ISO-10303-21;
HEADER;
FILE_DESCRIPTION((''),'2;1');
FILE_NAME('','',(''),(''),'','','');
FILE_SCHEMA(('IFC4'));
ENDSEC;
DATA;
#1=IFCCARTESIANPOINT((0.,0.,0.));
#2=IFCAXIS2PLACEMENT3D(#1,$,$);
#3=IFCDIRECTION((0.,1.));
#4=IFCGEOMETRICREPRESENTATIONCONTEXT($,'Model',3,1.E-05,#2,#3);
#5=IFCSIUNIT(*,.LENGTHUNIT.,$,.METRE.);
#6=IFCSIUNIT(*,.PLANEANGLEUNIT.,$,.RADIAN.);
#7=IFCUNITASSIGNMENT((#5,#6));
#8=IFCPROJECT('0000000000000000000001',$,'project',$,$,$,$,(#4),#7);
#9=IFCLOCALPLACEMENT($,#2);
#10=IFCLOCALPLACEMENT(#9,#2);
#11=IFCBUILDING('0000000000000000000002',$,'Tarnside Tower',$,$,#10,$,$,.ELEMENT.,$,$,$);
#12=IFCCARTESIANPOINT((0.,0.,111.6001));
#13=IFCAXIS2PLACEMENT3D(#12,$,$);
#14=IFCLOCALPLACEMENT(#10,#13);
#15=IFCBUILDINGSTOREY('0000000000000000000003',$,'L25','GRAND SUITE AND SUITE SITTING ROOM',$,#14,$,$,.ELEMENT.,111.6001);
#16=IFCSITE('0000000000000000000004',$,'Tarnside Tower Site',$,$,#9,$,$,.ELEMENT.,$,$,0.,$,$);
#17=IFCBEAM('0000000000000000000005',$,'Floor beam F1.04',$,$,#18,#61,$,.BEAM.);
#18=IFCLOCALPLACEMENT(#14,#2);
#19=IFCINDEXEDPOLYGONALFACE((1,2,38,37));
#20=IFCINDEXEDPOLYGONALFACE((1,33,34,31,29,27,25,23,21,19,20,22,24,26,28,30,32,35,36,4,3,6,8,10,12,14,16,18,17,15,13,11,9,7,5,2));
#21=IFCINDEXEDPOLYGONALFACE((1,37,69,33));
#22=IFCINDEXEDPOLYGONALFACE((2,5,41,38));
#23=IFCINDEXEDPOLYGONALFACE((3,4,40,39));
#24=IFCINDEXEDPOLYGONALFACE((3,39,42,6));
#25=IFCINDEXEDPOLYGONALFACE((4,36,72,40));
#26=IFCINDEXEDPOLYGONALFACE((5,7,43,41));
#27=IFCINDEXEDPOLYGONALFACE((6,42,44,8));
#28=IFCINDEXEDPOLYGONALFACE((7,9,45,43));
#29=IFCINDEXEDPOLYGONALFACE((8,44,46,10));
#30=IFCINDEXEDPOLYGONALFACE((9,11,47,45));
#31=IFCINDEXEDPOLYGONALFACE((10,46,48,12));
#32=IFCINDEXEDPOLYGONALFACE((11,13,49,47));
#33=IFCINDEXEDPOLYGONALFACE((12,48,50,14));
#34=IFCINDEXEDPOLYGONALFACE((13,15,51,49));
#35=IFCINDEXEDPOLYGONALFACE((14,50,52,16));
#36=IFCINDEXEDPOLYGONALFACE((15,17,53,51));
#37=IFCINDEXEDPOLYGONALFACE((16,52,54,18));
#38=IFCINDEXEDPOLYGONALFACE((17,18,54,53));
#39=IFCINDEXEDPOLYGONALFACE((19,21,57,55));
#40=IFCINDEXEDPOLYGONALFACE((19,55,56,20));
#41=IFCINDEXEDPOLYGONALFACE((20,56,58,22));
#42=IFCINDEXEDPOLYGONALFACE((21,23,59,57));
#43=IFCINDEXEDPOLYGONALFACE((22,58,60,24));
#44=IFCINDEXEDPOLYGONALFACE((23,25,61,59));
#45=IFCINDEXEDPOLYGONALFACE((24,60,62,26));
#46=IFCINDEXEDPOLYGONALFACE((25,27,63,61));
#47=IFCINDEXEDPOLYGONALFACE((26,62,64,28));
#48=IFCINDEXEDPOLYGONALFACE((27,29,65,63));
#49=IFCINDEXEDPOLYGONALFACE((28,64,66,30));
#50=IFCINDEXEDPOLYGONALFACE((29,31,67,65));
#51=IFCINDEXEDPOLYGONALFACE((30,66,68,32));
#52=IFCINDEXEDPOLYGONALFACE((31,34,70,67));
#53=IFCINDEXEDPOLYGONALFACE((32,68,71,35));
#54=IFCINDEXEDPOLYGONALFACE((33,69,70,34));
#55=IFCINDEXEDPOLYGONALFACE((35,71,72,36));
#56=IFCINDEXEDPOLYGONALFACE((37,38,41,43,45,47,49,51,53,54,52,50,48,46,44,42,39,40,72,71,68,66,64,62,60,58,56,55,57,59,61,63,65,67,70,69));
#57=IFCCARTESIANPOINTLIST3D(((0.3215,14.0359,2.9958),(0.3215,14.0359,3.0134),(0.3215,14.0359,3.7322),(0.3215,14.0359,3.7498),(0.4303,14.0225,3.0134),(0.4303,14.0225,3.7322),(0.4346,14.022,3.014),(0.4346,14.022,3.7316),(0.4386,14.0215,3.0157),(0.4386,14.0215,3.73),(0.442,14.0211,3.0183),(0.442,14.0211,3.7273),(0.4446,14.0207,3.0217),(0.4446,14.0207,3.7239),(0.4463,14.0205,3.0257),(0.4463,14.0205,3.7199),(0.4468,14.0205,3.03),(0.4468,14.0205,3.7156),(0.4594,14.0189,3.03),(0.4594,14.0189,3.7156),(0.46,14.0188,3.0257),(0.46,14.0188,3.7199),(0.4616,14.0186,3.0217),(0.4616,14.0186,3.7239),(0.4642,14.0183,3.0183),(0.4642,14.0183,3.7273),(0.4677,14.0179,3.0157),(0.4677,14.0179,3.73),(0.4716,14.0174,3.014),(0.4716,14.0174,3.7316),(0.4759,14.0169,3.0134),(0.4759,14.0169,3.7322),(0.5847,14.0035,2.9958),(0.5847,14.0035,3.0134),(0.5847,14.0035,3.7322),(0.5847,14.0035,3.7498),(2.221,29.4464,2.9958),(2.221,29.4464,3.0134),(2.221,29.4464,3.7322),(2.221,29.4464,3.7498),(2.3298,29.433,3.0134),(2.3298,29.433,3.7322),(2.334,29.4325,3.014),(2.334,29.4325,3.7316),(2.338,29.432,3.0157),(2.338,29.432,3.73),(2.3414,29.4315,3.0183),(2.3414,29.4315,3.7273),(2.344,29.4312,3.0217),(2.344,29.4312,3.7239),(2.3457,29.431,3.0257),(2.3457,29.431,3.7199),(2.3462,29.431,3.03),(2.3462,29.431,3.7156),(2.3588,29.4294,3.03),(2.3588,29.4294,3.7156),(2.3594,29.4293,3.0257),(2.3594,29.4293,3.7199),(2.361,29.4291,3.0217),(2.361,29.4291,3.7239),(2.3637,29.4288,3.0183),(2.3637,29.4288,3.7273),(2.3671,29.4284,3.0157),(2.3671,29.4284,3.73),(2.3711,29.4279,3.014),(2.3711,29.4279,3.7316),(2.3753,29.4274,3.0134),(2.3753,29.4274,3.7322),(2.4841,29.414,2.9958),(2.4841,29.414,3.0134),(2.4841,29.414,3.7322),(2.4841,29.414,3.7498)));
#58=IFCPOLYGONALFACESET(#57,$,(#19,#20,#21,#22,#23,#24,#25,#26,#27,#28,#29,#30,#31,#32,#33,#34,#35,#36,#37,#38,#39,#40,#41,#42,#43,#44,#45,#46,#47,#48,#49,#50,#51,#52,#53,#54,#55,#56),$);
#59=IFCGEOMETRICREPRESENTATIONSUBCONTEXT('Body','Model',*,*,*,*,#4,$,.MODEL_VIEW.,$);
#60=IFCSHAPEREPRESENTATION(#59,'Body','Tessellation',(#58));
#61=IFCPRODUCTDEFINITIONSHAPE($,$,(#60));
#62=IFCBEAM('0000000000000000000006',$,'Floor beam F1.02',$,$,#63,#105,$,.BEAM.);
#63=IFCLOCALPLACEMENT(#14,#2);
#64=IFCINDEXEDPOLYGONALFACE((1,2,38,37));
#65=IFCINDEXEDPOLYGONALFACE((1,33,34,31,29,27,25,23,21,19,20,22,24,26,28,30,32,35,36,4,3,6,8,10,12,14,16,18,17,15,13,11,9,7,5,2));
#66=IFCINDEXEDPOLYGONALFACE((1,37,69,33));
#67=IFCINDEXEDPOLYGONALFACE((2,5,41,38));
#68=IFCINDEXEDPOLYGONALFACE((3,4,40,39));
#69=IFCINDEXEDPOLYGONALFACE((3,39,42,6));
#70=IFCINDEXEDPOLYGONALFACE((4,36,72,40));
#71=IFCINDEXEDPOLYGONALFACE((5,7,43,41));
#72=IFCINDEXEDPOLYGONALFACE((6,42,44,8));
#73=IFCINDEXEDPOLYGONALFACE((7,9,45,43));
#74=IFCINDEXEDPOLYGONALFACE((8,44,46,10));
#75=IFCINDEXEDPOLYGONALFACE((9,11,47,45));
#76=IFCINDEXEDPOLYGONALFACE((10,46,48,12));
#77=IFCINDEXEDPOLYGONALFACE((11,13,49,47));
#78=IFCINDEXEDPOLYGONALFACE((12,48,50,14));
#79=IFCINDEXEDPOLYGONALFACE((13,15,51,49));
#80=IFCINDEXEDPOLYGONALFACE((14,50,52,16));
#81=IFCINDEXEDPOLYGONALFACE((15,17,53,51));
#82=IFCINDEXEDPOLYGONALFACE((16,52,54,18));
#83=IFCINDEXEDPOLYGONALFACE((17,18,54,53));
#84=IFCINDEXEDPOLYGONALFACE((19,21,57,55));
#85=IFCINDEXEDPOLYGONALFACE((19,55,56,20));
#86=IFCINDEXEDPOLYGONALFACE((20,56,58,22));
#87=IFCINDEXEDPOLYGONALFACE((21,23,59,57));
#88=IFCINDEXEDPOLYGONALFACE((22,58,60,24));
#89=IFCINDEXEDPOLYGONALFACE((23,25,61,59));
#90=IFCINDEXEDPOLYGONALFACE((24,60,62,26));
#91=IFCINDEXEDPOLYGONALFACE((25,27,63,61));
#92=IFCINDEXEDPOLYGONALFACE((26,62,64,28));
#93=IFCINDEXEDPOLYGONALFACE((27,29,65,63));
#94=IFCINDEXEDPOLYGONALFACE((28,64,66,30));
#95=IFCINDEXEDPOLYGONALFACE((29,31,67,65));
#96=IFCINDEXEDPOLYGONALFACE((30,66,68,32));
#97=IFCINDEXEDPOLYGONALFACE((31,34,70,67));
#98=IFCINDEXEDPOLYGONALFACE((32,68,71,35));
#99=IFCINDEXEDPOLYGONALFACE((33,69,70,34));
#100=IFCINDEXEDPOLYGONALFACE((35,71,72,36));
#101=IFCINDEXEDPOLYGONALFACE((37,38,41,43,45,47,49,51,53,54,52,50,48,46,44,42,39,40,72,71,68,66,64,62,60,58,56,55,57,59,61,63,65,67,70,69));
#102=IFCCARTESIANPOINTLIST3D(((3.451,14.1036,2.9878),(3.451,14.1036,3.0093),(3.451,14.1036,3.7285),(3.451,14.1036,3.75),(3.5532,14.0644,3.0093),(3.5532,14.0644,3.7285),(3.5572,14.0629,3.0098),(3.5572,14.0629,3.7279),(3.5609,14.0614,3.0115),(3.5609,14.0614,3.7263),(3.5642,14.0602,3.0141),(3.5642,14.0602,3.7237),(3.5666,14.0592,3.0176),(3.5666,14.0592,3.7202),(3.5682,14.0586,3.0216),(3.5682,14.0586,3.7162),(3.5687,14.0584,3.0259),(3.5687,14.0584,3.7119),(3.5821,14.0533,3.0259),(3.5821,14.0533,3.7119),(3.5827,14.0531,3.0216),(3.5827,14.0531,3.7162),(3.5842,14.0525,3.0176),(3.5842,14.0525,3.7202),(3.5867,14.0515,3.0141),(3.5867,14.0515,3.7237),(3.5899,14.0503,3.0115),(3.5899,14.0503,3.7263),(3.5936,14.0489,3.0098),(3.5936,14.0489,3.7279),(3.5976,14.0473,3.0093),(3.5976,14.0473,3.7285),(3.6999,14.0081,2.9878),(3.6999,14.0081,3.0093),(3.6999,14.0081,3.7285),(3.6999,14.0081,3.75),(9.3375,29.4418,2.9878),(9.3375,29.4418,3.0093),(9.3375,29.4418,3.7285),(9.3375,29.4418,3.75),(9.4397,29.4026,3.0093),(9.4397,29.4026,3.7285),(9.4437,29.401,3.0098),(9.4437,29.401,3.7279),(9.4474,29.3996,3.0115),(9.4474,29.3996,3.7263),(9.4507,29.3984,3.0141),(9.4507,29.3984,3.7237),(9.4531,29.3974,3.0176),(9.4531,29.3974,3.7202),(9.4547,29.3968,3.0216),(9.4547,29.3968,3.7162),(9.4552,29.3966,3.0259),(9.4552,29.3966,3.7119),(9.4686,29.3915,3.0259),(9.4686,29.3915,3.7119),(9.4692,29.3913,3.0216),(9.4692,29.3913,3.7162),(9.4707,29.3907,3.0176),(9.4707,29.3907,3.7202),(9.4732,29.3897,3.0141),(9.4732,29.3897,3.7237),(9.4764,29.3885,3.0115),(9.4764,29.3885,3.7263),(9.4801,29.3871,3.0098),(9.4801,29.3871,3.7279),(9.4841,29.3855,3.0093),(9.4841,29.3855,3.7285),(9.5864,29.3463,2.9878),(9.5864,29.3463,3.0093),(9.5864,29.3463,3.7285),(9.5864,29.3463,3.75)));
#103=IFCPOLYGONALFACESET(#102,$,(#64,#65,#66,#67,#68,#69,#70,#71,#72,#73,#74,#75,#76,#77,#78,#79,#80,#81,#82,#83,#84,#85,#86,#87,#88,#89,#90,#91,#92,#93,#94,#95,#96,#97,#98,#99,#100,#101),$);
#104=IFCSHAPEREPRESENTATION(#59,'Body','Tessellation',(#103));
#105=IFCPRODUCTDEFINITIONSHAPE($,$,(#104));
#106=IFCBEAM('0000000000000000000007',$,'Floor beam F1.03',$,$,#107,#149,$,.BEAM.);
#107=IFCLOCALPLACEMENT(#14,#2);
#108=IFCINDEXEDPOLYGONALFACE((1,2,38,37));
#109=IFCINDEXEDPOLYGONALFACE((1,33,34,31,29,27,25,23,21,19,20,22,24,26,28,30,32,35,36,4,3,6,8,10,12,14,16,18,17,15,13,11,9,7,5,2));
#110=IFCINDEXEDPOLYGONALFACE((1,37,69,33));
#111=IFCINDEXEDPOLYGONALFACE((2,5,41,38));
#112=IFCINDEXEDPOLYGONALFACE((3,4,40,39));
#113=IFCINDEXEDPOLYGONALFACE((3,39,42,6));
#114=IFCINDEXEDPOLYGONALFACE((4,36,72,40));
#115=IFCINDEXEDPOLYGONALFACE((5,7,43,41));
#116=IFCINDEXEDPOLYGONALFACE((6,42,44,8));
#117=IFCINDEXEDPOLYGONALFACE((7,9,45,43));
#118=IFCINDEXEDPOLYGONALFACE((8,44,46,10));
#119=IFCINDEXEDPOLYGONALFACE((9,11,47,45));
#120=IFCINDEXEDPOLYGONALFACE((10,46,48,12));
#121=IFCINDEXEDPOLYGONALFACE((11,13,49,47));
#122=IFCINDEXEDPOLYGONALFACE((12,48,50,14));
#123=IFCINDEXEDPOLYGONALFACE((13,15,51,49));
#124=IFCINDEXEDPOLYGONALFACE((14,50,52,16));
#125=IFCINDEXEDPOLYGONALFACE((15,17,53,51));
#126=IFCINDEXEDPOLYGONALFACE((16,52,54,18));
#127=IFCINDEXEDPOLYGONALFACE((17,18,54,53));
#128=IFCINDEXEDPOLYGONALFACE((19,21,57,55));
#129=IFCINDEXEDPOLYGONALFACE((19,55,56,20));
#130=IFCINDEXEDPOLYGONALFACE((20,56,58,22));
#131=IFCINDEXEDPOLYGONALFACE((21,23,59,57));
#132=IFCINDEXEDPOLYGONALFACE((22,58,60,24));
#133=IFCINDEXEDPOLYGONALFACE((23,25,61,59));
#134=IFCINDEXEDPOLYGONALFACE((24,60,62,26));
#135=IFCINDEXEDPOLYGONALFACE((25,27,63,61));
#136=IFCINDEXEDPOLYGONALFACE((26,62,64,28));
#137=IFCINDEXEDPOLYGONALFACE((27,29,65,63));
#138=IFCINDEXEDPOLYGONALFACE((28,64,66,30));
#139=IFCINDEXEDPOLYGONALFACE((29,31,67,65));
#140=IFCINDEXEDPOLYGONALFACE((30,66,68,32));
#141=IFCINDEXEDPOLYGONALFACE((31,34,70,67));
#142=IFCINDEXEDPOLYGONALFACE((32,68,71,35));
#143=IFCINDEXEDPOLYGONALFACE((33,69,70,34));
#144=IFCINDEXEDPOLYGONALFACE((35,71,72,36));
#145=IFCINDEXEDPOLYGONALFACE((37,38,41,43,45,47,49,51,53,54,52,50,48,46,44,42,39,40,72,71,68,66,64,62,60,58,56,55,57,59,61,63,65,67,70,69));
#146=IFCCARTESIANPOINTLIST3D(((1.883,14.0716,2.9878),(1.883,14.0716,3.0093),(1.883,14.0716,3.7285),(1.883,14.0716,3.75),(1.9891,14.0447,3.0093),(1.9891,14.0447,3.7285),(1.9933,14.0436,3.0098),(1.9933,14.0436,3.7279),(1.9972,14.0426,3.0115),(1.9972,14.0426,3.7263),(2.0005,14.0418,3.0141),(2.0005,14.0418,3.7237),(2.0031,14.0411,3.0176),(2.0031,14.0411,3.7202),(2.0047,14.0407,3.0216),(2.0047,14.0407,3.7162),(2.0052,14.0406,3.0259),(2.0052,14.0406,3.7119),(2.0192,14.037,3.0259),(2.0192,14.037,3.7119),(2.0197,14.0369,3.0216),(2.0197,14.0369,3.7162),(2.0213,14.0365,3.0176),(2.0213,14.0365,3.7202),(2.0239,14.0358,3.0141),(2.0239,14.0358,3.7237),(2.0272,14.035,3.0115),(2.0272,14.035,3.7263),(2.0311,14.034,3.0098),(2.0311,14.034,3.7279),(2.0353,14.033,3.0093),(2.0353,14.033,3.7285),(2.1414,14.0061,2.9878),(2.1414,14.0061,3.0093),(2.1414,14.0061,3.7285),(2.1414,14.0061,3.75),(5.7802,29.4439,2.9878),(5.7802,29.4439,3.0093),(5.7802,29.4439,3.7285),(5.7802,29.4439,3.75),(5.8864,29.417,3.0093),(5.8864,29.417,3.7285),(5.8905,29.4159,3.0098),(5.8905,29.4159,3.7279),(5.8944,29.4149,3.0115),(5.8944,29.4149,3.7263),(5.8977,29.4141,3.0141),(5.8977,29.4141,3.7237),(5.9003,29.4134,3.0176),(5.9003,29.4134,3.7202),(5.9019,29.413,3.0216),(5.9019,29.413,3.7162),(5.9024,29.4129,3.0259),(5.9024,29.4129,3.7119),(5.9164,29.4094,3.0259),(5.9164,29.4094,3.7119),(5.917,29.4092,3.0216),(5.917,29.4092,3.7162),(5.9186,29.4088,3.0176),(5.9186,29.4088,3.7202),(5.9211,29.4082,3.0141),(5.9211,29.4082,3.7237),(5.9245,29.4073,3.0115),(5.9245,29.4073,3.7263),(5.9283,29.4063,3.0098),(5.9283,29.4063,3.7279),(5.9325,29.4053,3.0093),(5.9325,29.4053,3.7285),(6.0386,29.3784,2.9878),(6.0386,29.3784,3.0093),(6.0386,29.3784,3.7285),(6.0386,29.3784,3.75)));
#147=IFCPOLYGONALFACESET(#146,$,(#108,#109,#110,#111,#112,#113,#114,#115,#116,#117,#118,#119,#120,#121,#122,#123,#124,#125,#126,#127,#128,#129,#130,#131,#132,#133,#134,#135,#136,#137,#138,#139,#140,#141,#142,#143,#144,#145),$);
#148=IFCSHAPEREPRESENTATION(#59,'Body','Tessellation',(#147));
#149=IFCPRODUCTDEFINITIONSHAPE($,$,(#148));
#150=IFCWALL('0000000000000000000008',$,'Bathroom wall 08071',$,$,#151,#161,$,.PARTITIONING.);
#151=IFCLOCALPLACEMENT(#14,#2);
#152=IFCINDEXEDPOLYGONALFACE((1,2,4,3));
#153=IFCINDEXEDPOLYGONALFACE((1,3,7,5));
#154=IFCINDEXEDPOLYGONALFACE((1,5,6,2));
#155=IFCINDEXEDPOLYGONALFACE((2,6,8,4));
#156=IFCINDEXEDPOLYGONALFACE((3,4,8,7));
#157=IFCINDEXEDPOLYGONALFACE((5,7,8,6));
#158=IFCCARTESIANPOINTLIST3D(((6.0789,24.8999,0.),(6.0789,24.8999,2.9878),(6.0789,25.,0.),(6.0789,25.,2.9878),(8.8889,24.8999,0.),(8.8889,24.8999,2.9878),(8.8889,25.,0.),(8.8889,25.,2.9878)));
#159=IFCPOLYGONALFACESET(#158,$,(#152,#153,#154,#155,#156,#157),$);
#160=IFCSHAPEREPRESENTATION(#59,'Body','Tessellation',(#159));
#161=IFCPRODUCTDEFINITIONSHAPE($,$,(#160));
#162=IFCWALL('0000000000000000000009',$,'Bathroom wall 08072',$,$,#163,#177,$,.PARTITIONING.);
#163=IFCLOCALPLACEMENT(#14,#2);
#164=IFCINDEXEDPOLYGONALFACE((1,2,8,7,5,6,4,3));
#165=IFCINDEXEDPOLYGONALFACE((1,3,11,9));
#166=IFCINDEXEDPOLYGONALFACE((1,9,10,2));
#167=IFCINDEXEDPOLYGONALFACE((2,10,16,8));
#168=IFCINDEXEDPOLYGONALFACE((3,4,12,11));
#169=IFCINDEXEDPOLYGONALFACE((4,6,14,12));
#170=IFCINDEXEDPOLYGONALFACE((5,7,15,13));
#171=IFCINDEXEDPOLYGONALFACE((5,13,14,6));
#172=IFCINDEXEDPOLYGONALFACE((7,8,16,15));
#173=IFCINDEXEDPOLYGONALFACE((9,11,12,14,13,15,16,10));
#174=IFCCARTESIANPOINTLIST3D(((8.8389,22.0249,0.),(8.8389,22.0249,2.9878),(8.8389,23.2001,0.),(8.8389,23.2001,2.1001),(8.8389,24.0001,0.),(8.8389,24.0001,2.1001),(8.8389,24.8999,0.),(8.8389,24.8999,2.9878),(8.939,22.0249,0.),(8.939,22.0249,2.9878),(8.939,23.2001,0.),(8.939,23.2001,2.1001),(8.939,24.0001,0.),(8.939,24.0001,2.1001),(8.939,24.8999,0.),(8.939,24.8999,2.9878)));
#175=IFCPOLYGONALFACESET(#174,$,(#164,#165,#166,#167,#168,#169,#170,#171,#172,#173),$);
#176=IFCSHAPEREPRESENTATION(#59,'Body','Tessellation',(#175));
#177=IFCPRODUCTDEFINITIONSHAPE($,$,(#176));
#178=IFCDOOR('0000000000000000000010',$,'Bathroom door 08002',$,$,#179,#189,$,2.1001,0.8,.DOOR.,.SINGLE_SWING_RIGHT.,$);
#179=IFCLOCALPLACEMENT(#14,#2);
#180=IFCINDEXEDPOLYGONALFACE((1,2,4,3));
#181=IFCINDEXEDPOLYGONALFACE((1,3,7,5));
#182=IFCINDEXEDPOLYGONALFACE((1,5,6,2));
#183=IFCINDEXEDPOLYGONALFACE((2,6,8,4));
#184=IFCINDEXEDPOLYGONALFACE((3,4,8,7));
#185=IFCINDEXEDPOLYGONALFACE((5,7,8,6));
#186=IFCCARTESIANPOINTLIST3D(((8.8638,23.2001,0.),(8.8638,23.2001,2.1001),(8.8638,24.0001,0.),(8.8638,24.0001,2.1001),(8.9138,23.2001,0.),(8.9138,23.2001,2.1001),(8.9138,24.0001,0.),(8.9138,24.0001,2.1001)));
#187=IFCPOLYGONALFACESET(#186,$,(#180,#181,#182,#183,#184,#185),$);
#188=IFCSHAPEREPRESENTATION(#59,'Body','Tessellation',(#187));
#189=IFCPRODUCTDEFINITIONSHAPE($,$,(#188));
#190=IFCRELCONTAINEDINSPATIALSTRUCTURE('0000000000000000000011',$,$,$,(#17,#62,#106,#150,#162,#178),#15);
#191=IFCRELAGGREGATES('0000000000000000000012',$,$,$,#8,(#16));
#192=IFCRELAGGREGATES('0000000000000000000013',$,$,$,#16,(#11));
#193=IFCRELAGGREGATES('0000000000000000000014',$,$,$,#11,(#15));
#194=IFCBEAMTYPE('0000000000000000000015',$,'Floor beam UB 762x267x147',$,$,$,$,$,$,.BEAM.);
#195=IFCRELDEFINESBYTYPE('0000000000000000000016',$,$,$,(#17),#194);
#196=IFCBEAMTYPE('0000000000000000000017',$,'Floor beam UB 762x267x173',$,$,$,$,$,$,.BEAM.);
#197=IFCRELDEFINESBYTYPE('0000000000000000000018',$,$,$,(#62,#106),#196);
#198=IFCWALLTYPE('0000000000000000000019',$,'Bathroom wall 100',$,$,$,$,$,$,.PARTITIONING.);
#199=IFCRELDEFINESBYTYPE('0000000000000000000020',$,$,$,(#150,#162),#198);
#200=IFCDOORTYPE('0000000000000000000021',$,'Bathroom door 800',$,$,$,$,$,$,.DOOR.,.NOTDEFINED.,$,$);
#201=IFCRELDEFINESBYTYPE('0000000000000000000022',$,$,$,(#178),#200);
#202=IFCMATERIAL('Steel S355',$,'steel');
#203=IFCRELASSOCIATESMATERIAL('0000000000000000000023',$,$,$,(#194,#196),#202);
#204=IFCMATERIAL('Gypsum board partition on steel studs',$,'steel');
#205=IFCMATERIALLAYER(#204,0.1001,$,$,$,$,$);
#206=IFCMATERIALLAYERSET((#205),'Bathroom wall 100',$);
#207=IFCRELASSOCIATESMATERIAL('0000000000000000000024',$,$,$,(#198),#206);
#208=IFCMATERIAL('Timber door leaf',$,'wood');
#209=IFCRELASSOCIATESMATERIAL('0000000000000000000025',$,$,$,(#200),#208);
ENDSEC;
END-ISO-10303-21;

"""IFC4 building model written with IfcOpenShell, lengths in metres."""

from ifc_helpers import new_model, si_unit, direction, frame, frame_2d, origin, origin_2d, place, context, subcontext, project, spatial, rectangle, i_section, extrude, material, layer, layer_set, material_profile, profile_set, type_object, element, fill, save


model = new_model("IFC4")

# Units and contexts
model_context = context("Model", 3, precision=1e-05, world=origin(), true_north=direction((0.0, 1.0)))
body_context = subcontext(model_context, "Body", "Model", "MODEL_VIEW")
ifc_project = project(units=[si_unit("LENGTHUNIT", "METRE"), si_unit("PLANEANGLEUNIT", "RADIAN")], contexts=[model_context])

# Site, building, storey
site_placement = place(None, origin())
site = spatial("IfcSite", under=ifc_project, at=site_placement, Name="Tarnside Tower Site", CompositionType="ELEMENT", RefElevation=0.0)
building_placement = place(site_placement, origin())
building = spatial("IfcBuilding", under=site, at=building_placement, Name="Tarnside Tower", CompositionType="ELEMENT")
storey_placement = place(building_placement, frame((0.0, 0.0, 111.6001)))
storey = spatial("IfcBuildingStorey", under=building, at=storey_placement, Name="L25", Description="GRAND SUITE AND SUITE SITTING ROOM", CompositionType="ELEMENT", Elevation=111.6001)

# Beams
ifc_material_1 = material(Name="Steel S355", Category="steel")
ifc_material_profile_1 = material_profile(ifc_material_1, i_section(OverallWidth=0.2651, OverallDepth=0.7539, WebThickness=0.0127, FlangeThickness=0.0176, FilletRadius=0.0166, at=origin_2d()), Name="UB 762x267x147")
ifc_profile_set_1 = profile_set([ifc_material_profile_1], Name="Steel S355")
beam_type_1 = type_object("IfcBeamType", Name="Floor beam UB 762x267x147", PredefinedType="BEAM", material=ifc_profile_set_1)
beam_1_placement = place(storey_placement, frame((2.3525, 29.4302, 3.3728), z_axis=(-0.12233, -0.99249, 0.0), x_axis=(0.99249, -0.12233, 0.0)))
element("IfcBeam", 1, at=beam_1_placement, inside=storey, type_object=beam_type_1, Name="Floor beam F1.04", PredefinedType="BEAM", context=body_context, shape_type="SweptSolid", body=[
    extrude(i_section(OverallWidth=0.2651, OverallDepth=0.7539, WebThickness=0.0127, FlangeThickness=0.0176, FilletRadius=0.0166, at=origin_2d()), origin(), (0.0, 0.0, 1.0), 15.5271),
])
ifc_material_profile_2 = material_profile(ifc_material_1, i_section(OverallWidth=0.2666, OverallDepth=0.7622, WebThickness=0.0144, FlangeThickness=0.0215, FilletRadius=0.0166, at=origin_2d()), Name="UB 762x267x173")
ifc_profile_set_2 = profile_set([ifc_material_profile_2], Name="Steel S355")
beam_type_2 = type_object("IfcBeamType", Name="Floor beam UB 762x267x173", PredefinedType="BEAM", material=ifc_profile_set_2)
beam_2_placement = place(storey_placement, frame((9.4619, 29.394, 3.3689), z_axis=(-0.3583, -0.933607, 0.0), x_axis=(0.933607, -0.3583, 0.0)))
element("IfcBeam", 2, at=beam_2_placement, inside=storey, type_object=beam_type_2, Name="Floor beam F1.02", PredefinedType="BEAM", context=body_context, shape_type="SweptSolid", body=[
    extrude(i_section(OverallWidth=0.2666, OverallDepth=0.7622, WebThickness=0.0144, FlangeThickness=0.0215, FilletRadius=0.0166, at=origin_2d()), origin(), (0.0, 0.0, 1.0), 16.429),
])
beam_3_placement = place(storey_placement, frame((5.9094, 29.4111, 3.3689), z_axis=(-0.245747, -0.969334, 0.0), x_axis=(0.969334, -0.245747, 0.0)))
element("IfcBeam", 3, at=beam_3_placement, inside=storey, type_object=beam_type_2, Name="Floor beam F1.03", PredefinedType="BEAM", context=body_context, shape_type="SweptSolid", body=[
    extrude(i_section(OverallWidth=0.2666, OverallDepth=0.7622, WebThickness=0.0144, FlangeThickness=0.0215, FilletRadius=0.0166, at=origin_2d()), origin(), (0.0, 0.0, 1.0), 15.8586),
])

# Wall
ifc_material_2 = material(Name="Gypsum board partition on steel studs", Category="steel")
ifc_layer_1 = layer(ifc_material_2, 0.1001)
ifc_layer_set_1 = layer_set([ifc_layer_1], Name="Bathroom wall 100")
wall_type_1 = type_object("IfcWallType", Name="Bathroom wall 100", PredefinedType="PARTITIONING", material=ifc_layer_set_1)
wall_1_placement = place(storey_placement, frame((6.0789, 24.95, 0.0), z_axis=(0.0, 0.0, 1.0), x_axis=(1.0, 0.0, 0.0)))
element("IfcWall", 4, at=wall_1_placement, inside=storey, type_object=wall_type_1, Name="Bathroom wall 08071", PredefinedType="PARTITIONING", context=body_context, shape_type="SweptSolid", body=[
    extrude(rectangle(XDim=2.8101, YDim=0.1001, at=frame_2d((1.405, 0.0))), origin(), (0.0, 0.0, 1.0), 2.9878),
])

# Wall, opening, door
wall_2_placement = place(storey_placement, frame((8.8889, 24.8999, 0.0), z_axis=(0.0, 0.0, 1.0), x_axis=(0.0, -1.0, 0.0)))
wall_2 = element("IfcWall", 5, at=wall_2_placement, inside=storey, type_object=wall_type_1, Name="Bathroom wall 08072", PredefinedType="PARTITIONING", context=body_context, shape_type="SweptSolid", body=[
    extrude(rectangle(XDim=2.875, YDim=0.1001, at=frame_2d((1.4375, 0.0))), origin(), (0.0, 0.0, 1.0), 2.9878),
])
opening_1_placement = place(wall_2_placement, frame((0.8999, 0.0, 0.0)))
opening_1 = element("IfcOpeningElement", 6, at=opening_1_placement, cuts=wall_2, PredefinedType="OPENING", context=body_context, shape_type="SweptSolid", body=[
    extrude(rectangle(XDim=0.8, YDim=2.1001, at=frame_2d((0.3999, 1.05))), frame((0.0, 0.0601, 0.0), z_axis=(0.0, -1.0, 0.0), x_axis=(1.0, 0.0, 0.0)), (0.0, 0.0, 1.0), 0.1201),
])
ifc_material_3 = material(Name="Timber door leaf", Category="wood")
door_type = type_object("IfcDoorType", Name="Bathroom door 800", OperationType="NOTDEFINED", PredefinedType="DOOR", material=ifc_material_3)
door_1_placement = place(opening_1_placement, origin())
door_1 = element("IfcDoor", 7, at=door_1_placement, inside=storey, type_object=door_type, Name="Bathroom door 08002", OperationType="SINGLE_SWING_RIGHT", OverallHeight=2.1001, OverallWidth=0.8, PredefinedType="DOOR", context=body_context, shape_type="SweptSolid", body=[
    extrude(rectangle(XDim=0.8, YDim=2.1001, at=frame_2d((0.3999, 1.05))), frame((0.0, 0.0249, 0.0), z_axis=(0.0, -1.0, 0.0), x_axis=(1.0, 0.0, 0.0)), (0.0, 0.0, 1.0), 0.05),
])
fill(opening_1, door_1)

save(model, "model.ifc")
